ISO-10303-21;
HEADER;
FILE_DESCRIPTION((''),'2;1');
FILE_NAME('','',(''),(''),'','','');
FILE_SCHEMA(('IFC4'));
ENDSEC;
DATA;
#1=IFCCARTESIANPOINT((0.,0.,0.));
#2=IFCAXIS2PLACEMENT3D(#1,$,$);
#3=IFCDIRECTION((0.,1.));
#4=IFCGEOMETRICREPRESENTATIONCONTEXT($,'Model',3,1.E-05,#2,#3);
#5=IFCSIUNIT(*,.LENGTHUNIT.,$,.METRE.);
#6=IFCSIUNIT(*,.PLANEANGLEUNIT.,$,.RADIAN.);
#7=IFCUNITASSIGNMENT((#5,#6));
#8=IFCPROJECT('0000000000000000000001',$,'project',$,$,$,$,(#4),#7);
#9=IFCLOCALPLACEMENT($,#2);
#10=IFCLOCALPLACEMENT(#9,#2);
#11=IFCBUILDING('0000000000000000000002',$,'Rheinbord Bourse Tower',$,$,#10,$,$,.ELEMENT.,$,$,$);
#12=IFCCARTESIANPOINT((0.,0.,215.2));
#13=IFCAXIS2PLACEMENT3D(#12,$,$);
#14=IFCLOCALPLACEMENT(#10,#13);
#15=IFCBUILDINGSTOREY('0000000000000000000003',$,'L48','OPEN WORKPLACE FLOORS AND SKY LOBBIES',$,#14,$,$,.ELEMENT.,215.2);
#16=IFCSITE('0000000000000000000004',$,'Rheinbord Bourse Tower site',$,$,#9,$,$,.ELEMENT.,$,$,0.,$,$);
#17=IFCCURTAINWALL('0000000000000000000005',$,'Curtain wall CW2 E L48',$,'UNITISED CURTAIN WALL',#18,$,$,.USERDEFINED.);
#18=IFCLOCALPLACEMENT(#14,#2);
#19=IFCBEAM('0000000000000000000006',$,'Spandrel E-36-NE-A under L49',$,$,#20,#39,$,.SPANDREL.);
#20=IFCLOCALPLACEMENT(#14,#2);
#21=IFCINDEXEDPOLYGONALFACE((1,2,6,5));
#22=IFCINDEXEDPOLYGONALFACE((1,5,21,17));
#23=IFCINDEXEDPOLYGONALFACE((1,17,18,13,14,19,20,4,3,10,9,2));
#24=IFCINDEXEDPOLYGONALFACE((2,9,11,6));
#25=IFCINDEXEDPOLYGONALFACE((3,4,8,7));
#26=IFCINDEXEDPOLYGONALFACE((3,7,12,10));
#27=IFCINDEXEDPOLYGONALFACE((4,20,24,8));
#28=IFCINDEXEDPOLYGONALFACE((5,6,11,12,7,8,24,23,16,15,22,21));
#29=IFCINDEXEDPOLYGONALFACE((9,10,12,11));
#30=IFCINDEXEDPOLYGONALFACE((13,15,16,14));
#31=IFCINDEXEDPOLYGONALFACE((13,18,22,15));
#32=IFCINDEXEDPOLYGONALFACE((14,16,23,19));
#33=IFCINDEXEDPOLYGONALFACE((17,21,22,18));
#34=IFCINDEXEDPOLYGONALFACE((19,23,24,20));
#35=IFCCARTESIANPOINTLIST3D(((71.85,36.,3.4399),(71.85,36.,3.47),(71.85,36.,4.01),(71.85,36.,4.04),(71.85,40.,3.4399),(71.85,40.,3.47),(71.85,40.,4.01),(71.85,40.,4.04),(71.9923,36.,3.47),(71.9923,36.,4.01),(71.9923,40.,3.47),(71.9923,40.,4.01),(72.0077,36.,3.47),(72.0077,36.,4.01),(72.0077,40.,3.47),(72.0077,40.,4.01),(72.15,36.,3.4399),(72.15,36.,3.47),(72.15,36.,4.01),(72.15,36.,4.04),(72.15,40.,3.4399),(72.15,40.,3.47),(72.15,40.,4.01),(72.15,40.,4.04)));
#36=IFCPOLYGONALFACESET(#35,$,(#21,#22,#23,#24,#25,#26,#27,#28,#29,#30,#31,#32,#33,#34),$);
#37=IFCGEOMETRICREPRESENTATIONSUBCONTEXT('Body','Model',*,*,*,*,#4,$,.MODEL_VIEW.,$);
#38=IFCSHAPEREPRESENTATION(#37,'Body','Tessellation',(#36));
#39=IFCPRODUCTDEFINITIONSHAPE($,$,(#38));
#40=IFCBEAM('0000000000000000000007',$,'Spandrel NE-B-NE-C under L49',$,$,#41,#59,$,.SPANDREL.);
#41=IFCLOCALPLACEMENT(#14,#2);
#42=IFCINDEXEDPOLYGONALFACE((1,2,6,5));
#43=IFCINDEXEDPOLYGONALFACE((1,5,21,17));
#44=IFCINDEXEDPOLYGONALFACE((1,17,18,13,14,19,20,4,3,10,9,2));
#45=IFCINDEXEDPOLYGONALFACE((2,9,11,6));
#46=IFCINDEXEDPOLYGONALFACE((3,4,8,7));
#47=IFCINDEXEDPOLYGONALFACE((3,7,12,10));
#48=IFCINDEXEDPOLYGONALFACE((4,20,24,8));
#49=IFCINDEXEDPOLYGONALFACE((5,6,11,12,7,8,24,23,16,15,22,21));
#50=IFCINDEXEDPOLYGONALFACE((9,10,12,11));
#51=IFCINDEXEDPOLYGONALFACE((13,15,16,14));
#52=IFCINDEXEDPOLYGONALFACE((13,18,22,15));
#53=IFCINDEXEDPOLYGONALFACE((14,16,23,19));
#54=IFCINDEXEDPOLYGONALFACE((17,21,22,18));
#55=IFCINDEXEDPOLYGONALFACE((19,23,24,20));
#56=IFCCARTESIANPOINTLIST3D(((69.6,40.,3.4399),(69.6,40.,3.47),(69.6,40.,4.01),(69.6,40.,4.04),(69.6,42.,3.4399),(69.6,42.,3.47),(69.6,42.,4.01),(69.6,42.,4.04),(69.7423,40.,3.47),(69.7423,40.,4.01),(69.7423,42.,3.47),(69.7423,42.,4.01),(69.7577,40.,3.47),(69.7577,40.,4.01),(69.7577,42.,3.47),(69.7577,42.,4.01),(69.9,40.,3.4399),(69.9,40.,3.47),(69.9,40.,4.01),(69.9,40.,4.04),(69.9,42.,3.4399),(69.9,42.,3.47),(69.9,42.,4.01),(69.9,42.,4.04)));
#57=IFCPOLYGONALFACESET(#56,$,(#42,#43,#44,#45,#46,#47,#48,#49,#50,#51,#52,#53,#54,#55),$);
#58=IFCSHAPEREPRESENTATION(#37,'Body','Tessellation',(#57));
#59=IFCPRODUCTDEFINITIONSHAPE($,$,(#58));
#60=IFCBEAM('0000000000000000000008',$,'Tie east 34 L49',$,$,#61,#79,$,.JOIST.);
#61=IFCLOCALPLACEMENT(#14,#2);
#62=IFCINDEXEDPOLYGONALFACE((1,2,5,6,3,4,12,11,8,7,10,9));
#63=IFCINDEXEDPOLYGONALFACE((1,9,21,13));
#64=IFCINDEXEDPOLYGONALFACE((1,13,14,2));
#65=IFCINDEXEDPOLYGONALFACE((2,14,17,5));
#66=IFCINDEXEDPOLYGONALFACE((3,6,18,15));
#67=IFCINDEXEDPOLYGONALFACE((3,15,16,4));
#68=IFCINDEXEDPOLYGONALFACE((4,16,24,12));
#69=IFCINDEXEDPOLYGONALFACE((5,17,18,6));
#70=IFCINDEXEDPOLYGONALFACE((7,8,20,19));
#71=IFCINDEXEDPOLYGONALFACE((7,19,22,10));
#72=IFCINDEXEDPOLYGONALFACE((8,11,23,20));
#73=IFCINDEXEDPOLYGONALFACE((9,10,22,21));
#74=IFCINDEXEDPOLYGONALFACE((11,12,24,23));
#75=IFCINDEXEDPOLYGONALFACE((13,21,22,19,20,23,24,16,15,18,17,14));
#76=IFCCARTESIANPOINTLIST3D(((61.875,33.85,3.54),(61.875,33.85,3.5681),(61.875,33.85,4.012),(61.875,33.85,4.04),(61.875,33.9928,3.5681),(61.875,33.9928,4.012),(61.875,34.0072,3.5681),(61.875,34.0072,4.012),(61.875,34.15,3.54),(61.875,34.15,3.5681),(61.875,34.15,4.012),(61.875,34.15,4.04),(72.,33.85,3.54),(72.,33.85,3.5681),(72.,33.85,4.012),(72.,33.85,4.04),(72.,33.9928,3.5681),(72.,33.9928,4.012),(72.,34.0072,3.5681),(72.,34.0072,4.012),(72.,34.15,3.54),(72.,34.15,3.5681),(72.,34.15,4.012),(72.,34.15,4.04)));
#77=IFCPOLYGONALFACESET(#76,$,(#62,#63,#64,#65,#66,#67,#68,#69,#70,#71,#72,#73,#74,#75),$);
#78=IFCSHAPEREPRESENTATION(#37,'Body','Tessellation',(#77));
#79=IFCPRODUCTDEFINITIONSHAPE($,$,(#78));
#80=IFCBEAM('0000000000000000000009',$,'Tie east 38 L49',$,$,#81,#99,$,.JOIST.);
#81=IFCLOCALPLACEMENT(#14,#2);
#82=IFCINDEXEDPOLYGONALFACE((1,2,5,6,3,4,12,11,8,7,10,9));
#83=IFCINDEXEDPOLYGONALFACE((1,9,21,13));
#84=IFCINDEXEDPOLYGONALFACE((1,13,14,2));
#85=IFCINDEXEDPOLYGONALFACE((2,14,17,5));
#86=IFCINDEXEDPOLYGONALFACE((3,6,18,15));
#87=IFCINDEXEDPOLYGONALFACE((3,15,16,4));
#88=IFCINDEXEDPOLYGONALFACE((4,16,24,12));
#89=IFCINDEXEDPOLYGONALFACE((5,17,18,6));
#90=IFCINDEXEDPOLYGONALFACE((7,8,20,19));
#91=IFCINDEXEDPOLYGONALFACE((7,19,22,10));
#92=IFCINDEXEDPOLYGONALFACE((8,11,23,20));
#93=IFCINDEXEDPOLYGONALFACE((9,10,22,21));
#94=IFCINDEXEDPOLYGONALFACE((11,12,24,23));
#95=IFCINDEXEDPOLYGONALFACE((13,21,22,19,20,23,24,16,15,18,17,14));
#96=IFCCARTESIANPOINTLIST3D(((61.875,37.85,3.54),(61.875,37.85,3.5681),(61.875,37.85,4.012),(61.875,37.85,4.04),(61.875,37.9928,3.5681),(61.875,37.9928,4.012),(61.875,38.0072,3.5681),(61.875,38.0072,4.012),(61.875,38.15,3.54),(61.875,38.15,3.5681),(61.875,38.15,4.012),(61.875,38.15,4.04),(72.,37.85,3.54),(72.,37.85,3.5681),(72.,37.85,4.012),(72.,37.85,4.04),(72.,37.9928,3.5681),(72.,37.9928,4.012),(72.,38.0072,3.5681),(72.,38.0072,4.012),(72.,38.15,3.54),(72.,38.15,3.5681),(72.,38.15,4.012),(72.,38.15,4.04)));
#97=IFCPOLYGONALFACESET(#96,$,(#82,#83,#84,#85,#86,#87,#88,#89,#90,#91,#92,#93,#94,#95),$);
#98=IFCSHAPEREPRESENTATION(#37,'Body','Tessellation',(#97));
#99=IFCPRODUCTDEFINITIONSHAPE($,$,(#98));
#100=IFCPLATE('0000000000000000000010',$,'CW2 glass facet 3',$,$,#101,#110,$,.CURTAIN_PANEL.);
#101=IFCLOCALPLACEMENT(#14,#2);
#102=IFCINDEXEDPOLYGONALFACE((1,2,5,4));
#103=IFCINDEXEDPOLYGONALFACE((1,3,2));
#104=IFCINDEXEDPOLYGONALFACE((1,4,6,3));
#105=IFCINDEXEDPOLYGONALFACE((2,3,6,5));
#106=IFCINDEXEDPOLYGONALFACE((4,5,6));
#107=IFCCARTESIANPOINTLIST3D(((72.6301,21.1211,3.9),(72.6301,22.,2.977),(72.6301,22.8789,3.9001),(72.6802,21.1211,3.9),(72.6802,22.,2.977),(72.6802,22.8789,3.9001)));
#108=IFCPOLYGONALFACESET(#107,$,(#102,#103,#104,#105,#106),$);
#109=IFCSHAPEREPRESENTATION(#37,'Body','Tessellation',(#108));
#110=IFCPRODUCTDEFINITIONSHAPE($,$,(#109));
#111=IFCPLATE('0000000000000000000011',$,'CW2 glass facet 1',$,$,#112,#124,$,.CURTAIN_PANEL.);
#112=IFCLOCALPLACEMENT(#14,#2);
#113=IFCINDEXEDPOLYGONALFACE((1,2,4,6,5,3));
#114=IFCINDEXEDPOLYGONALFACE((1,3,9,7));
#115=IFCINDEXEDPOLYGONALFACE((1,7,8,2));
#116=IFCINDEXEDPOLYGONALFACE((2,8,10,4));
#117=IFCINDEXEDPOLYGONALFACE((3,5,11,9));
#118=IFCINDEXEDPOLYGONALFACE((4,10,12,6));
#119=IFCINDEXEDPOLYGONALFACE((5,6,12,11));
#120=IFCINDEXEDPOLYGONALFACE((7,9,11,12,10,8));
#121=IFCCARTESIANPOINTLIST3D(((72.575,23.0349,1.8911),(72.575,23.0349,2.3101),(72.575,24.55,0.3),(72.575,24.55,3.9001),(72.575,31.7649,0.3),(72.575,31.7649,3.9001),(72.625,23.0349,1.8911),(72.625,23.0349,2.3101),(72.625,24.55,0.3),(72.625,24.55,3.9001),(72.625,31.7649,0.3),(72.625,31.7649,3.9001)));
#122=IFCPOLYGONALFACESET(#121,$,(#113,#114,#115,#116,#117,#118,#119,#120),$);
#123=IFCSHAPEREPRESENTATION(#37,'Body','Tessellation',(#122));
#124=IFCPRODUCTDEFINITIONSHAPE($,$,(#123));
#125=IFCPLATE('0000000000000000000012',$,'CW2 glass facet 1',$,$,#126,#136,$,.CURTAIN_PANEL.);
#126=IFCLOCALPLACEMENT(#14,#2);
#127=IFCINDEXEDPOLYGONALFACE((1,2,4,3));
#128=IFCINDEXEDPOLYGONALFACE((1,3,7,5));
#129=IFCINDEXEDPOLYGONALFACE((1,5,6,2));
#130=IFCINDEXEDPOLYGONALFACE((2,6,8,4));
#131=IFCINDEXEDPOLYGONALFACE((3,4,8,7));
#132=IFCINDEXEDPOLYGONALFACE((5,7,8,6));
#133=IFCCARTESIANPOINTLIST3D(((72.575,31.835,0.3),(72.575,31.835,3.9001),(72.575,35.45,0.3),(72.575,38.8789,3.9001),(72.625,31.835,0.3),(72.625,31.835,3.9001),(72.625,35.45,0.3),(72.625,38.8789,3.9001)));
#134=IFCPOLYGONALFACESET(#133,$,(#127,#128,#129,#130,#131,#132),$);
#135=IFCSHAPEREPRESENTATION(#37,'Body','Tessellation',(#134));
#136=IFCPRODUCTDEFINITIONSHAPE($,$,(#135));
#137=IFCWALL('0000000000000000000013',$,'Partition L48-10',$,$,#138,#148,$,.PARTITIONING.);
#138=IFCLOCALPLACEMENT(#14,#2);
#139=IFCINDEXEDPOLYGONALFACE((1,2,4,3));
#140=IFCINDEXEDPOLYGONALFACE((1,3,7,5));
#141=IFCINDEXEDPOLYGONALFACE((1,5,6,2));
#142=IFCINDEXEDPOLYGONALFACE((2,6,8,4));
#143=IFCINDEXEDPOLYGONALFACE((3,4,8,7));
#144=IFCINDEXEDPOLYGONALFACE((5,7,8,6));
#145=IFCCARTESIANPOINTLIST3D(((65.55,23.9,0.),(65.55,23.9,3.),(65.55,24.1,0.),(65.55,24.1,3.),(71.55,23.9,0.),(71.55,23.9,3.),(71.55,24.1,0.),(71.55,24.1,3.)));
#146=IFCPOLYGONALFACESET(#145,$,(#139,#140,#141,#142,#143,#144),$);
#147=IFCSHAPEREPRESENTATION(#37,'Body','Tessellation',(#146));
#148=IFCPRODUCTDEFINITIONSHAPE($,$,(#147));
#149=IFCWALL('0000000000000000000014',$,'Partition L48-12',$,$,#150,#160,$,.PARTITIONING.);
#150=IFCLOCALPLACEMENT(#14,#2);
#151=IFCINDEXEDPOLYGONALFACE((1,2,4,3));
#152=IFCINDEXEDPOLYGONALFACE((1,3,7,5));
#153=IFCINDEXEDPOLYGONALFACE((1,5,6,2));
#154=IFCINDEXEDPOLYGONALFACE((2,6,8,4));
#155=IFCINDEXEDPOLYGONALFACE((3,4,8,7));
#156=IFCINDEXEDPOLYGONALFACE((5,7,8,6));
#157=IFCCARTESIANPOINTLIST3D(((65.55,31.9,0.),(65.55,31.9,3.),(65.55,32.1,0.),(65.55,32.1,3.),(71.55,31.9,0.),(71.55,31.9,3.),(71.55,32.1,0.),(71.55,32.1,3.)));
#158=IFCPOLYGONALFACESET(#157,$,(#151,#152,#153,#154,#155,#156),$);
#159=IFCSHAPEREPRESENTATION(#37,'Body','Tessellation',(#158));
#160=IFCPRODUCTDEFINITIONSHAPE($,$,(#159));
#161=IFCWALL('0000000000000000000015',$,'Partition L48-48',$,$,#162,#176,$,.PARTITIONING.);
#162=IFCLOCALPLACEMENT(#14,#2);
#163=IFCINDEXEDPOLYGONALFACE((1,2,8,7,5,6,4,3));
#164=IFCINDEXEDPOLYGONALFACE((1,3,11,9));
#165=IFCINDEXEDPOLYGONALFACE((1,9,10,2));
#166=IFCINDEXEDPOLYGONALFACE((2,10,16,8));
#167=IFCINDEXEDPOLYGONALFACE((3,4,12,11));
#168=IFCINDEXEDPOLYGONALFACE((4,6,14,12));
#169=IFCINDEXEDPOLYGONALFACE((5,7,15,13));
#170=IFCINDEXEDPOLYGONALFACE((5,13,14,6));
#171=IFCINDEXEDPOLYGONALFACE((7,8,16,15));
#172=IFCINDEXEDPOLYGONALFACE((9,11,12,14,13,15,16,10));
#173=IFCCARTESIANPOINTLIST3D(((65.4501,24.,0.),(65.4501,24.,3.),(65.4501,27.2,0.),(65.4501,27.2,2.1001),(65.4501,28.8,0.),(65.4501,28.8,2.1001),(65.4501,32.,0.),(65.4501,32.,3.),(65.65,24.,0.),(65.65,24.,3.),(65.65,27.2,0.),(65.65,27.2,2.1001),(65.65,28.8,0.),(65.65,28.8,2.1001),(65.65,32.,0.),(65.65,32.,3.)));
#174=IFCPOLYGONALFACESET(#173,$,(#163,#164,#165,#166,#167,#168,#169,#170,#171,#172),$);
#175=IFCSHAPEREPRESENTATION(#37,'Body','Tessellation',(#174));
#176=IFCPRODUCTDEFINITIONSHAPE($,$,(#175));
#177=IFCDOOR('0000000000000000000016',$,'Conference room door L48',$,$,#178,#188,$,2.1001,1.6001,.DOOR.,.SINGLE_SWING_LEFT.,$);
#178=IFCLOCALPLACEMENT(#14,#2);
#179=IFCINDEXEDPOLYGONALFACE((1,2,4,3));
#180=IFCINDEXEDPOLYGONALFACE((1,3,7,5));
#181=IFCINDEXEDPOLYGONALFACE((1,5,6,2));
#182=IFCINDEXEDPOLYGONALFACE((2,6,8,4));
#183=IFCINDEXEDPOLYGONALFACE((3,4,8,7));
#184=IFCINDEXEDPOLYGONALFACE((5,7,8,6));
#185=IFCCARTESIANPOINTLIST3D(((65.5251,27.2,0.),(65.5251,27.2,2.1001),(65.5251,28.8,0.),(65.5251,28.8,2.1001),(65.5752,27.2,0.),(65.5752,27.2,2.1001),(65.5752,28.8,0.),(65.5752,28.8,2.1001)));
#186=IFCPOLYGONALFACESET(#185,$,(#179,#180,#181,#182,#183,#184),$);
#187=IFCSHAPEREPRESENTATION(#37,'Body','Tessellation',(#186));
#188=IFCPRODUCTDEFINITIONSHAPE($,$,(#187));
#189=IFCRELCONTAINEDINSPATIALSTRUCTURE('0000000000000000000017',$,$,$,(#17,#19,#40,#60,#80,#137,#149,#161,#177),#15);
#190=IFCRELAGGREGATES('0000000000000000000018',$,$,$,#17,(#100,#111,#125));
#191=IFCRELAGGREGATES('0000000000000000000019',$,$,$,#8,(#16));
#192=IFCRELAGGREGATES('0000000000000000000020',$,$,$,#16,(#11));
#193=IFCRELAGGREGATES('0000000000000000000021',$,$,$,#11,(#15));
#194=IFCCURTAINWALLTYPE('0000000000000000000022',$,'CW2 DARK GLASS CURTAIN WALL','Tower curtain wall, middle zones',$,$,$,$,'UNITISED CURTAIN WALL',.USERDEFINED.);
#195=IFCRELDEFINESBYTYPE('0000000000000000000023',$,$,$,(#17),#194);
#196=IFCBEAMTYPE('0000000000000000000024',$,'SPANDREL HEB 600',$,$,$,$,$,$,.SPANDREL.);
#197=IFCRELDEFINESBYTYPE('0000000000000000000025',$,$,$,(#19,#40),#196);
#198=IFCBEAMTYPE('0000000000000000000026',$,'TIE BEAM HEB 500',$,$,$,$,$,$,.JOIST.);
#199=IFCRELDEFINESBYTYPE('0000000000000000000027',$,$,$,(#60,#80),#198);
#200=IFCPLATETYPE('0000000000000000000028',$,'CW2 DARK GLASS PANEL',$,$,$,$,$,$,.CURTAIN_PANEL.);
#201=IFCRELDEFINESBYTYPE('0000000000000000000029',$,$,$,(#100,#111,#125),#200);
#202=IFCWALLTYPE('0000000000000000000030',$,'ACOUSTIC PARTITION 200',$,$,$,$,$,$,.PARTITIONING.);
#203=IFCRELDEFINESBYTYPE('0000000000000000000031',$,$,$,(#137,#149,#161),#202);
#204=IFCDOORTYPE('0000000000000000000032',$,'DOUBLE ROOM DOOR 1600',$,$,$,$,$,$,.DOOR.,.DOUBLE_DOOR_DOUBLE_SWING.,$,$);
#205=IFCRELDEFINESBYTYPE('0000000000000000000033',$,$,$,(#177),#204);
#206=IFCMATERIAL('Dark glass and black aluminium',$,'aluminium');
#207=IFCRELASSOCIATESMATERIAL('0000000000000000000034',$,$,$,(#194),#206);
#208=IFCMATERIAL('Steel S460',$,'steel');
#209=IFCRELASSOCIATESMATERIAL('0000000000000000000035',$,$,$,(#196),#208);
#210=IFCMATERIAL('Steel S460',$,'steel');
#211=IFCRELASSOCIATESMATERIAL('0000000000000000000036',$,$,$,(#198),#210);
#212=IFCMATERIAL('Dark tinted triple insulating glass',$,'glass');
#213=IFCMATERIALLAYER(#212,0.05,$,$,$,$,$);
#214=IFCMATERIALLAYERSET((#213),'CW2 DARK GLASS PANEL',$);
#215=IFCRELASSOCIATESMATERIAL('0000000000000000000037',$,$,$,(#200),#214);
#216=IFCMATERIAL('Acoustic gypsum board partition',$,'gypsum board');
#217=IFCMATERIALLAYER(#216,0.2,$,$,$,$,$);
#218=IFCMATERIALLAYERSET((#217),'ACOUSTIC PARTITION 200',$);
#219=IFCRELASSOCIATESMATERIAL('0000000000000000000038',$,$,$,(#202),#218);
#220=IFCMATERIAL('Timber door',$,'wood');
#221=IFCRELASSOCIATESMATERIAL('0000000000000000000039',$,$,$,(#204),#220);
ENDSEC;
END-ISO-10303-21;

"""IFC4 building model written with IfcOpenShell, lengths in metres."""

from ifc_helpers import new_model, si_unit, direction, frame, frame_2d, origin, origin_2d, place, context, subcontext, project, spatial, polyline, rectangle, i_section, outline, extrude, material, layer, layer_set, material_profile, profile_set, type_object, element, fill, aggregate, save


model = new_model("IFC4")

# Units and contexts
model_context = context("Model", 3, precision=1e-05, world=origin(), true_north=direction((0.0, 1.0)))
body_context = subcontext(model_context, "Body", "Model", "MODEL_VIEW")
ifc_project = project(units=[si_unit("LENGTHUNIT", "METRE"), si_unit("PLANEANGLEUNIT", "RADIAN")], contexts=[model_context])

# Site, building, storey
site_placement = place(None, origin())
site = spatial("IfcSite", under=ifc_project, at=site_placement, Name="Rheinbord Bourse Tower site", CompositionType="ELEMENT", RefElevation=0.0)
building_placement = place(site_placement, origin())
building = spatial("IfcBuilding", under=site, at=building_placement, Name="Rheinbord Bourse Tower", CompositionType="ELEMENT")
storey_placement = place(building_placement, frame((0.0, 0.0, 215.2)))
storey = spatial("IfcBuildingStorey", under=building, at=storey_placement, Name="L48", Description="OPEN WORKPLACE FLOORS AND SKY LOBBIES", CompositionType="ELEMENT", Elevation=215.2)

# Curtain wall
ifc_material_1 = material(Name="Dark glass and black aluminium", Category="aluminium")
curtain_wall_type = type_object("IfcCurtainWallType", Name="CW2 DARK GLASS CURTAIN WALL", Description="Tower curtain wall, middle zones", ElementType="UNITISED CURTAIN WALL", PredefinedType="USERDEFINED", material=ifc_material_1)
curtain_wall_placement = place(storey_placement, origin())
curtain_wall = element("IfcCurtainWall", 1, at=curtain_wall_placement, inside=storey, type_object=curtain_wall_type, Name="Curtain wall CW2 E L48", ObjectType="UNITISED CURTAIN WALL", PredefinedType="USERDEFINED")

# Beams
ifc_material_2 = material(Name="Steel S460", Category="steel")
ifc_material_profile_1 = material_profile(ifc_material_2, i_section(OverallWidth=0.3, OverallDepth=0.6001, WebThickness=0.0154, FlangeThickness=0.03, at=origin_2d()), Name="HEB 600")
ifc_profile_set_1 = profile_set([ifc_material_profile_1], Name="Steel S460")
beam_type_1 = type_object("IfcBeamType", Name="SPANDREL HEB 600", PredefinedType="SPANDREL", material=ifc_profile_set_1)
for number, where, z_axis, x_axis, name in (
    (2, (72.0, 36.0, 3.74), (0.0, 1.0, 0.0), (-1.0, 0.0, 0.0), "Spandrel E-36-NE-A under L49"),
):
    element("IfcBeam", number, at=place(storey_placement, frame(where, z_axis=z_axis, x_axis=x_axis)), inside=storey, type_object=beam_type_1, Name=name, PredefinedType="SPANDREL", context=body_context, shape_type="SweptSolid", body=[
        extrude(i_section(OverallWidth=0.3, OverallDepth=0.6001, WebThickness=0.0154, FlangeThickness=0.03, at=origin_2d()), origin(), (0.0, 0.0, 1.0), 4.0),
    ])
beam_placement = place(storey_placement, frame((69.75, 40.0, 3.74), z_axis=(0.0, 1.0, 0.0), x_axis=(-1.0, 0.0, 0.0)))
element("IfcBeam", 3, at=beam_placement, inside=storey, type_object=beam_type_1, Name="Spandrel NE-B-NE-C under L49", PredefinedType="SPANDREL", context=body_context, shape_type="SweptSolid", body=[
    extrude(i_section(OverallWidth=0.3, OverallDepth=0.6001, WebThickness=0.0154, FlangeThickness=0.03, at=origin_2d()), origin(), (0.0, 0.0, 1.0), 2.0),
])
ifc_material_3 = material(Name="Steel S460", Category="steel")
ifc_material_profile_2 = material_profile(ifc_material_3, i_section(OverallWidth=0.3, OverallDepth=0.5, WebThickness=0.0144, FlangeThickness=0.0281, at=origin_2d()), Name="HEB 500")
ifc_profile_set_2 = profile_set([ifc_material_profile_2], Name="Steel S460")
beam_type_2 = type_object("IfcBeamType", Name="TIE BEAM HEB 500", PredefinedType="JOIST", material=ifc_profile_set_2)
for number, where, z_axis, x_axis, name in (
    (4, (61.875, 34.0, 3.79), (1.0, 0.0, 0.0), (0.0, 1.0, 0.0), "Tie east 34 L49"),
    (5, (61.875, 38.0, 3.79), (1.0, 0.0, 0.0), (0.0, 1.0, 0.0), "Tie east 38 L49"),
):
    element("IfcBeam", number, at=place(storey_placement, frame(where, z_axis=z_axis, x_axis=x_axis)), inside=storey, type_object=beam_type_2, Name=name, PredefinedType="JOIST", context=body_context, shape_type="SweptSolid", body=[
        extrude(i_section(OverallWidth=0.3, OverallDepth=0.5, WebThickness=0.0144, FlangeThickness=0.0281, at=origin_2d()), origin(), (0.0, 0.0, 1.0), 10.125),
    ])

# Plates
ifc_material_4 = material(Name="Dark tinted triple insulating glass", Category="glass")
ifc_layer_1 = layer(ifc_material_4, 0.05)
ifc_layer_set_1 = layer_set([ifc_layer_1], Name="CW2 DARK GLASS PANEL")
plate_type = type_object("IfcPlateType", Name="CW2 DARK GLASS PANEL", PredefinedType="CURTAIN_PANEL", material=ifc_layer_set_1)
plate_1_placement = place(storey_placement, frame((72.6802, 22.8789, 3.9001), z_axis=(-1.0, 0.0, 0.0), x_axis=(0.0, -0.68956, -0.724229)))
plate_1 = element("IfcPlate", 6, at=plate_1_placement, type_object=plate_type, Name="CW2 glass facet 3", PredefinedType="CURTAIN_PANEL", context=body_context, shape_type="SweptSolid", body=[
    extrude(outline(polyline([(0.0, 0.0), (1.2747, 0.0), (1.2122, 1.2729), (0.0, 0.0)])), origin(), (0.0, 0.0, 1.0), 0.05),
])
plate_2_placement = place(storey_placement, frame((72.625, 31.7649, 3.9001), z_axis=(-1.0, 0.0, 0.0), x_axis=(0.0, 0.0, -1.0)))
plate_2 = element("IfcPlate", 7, at=plate_2_placement, type_object=plate_type, Name="CW2 glass facet 1", PredefinedType="CURTAIN_PANEL", context=body_context, shape_type="SweptSolid", body=[
    extrude(outline(polyline([(0.0, 0.0), (3.6001, 0.0), (3.6001, 7.2148), (2.009, 8.73), (1.5901, 8.73), (0.0, 7.2148), (0.0, 0.0)])), origin(), (0.0, 0.0, 1.0), 0.05),
])
plate_3_placement = place(storey_placement, frame((72.625, 31.835, 0.3), z_axis=(-1.0, 0.0, 0.0), x_axis=(0.0, 0.0, 1.0)))
plate_3 = element("IfcPlate", 8, at=plate_3_placement, type_object=plate_type, Name="CW2 glass facet 1", PredefinedType="CURTAIN_PANEL", context=body_context, shape_type="SweptSolid", body=[
    extrude(outline(polyline([(0.0, 0.0), (3.6001, 0.0), (3.6001, 7.0439), (0.0, 3.615), (0.0, 0.0)])), origin(), (0.0, 0.0, 1.0), 0.05),
])
aggregate(curtain_wall, [plate_1, plate_2, plate_3])

# Walls
ifc_material_5 = material(Name="Acoustic gypsum board partition", Category="gypsum board")
ifc_layer_2 = layer(ifc_material_5, 0.2)
ifc_layer_set_2 = layer_set([ifc_layer_2], Name="ACOUSTIC PARTITION 200")
wall_type_1 = type_object("IfcWallType", Name="ACOUSTIC PARTITION 200", PredefinedType="PARTITIONING", material=ifc_layer_set_2)
for number, where, z_axis, x_axis, name in (
    (9, (65.55, 24.0, 0.0), (0.0, 0.0, 1.0), (1.0, 0.0, 0.0), "Partition L48-10"),
    (10, (65.55, 32.0, 0.0), (0.0, 0.0, 1.0), (1.0, 0.0, 0.0), "Partition L48-12"),
):
    element("IfcWall", number, at=place(storey_placement, frame(where, z_axis=z_axis, x_axis=x_axis)), inside=storey, type_object=wall_type_1, Name=name, PredefinedType="PARTITIONING", context=body_context, shape_type="SweptSolid", body=[
        extrude(rectangle(XDim=6.0, YDim=0.2, at=frame_2d((3.0, 0.0))), origin(), (0.0, 0.0, 1.0), 3.0),
    ])

# Wall, opening, door
wall_1_placement = place(storey_placement, frame((65.55, 24.0, 0.0), z_axis=(0.0, 0.0, 1.0), x_axis=(0.0, 1.0, 0.0)))
wall_1 = element("IfcWall", 11, at=wall_1_placement, inside=storey, type_object=wall_type_1, Name="Partition L48-48", PredefinedType="PARTITIONING", context=body_context, shape_type="SweptSolid", body=[
    extrude(rectangle(XDim=8.0, YDim=0.2, at=frame_2d((4.0, 0.0))), origin(), (0.0, 0.0, 1.0), 3.0),
])
opening_placement = place(wall_1_placement, frame((3.2, 0.0, 0.0)))
opening = element("IfcOpeningElement", 12, at=opening_placement, cuts=wall_1, PredefinedType="OPENING", context=body_context, shape_type="SweptSolid", body=[
    extrude(rectangle(XDim=1.6001, YDim=2.1001, at=frame_2d((0.8, 1.05))), frame((0.0, 0.1099, 0.0), z_axis=(0.0, -1.0, 0.0), x_axis=(1.0, 0.0, 0.0)), (0.0, 0.0, 1.0), 0.22),
])
ifc_material_6 = material(Name="Timber door", Category="wood")
door_type = type_object("IfcDoorType", Name="DOUBLE ROOM DOOR 1600", OperationType="DOUBLE_DOOR_DOUBLE_SWING", PredefinedType="DOOR", material=ifc_material_6)
door_placement = place(opening_placement, origin())
door = element("IfcDoor", 13, at=door_placement, inside=storey, type_object=door_type, Name="Conference room door L48", OperationType="SINGLE_SWING_LEFT", OverallHeight=2.1001, OverallWidth=1.6001, PredefinedType="DOOR", context=body_context, shape_type="SweptSolid", body=[
    extrude(rectangle(XDim=1.6001, YDim=2.1001, at=frame_2d((0.8, 1.05))), frame((0.0, 0.0249, 0.0), z_axis=(0.0, -1.0, 0.0), x_axis=(1.0, 0.0, 0.0)), (0.0, 0.0, 1.0), 0.05),
])
fill(opening, door)

save(model, "model.ifc")
